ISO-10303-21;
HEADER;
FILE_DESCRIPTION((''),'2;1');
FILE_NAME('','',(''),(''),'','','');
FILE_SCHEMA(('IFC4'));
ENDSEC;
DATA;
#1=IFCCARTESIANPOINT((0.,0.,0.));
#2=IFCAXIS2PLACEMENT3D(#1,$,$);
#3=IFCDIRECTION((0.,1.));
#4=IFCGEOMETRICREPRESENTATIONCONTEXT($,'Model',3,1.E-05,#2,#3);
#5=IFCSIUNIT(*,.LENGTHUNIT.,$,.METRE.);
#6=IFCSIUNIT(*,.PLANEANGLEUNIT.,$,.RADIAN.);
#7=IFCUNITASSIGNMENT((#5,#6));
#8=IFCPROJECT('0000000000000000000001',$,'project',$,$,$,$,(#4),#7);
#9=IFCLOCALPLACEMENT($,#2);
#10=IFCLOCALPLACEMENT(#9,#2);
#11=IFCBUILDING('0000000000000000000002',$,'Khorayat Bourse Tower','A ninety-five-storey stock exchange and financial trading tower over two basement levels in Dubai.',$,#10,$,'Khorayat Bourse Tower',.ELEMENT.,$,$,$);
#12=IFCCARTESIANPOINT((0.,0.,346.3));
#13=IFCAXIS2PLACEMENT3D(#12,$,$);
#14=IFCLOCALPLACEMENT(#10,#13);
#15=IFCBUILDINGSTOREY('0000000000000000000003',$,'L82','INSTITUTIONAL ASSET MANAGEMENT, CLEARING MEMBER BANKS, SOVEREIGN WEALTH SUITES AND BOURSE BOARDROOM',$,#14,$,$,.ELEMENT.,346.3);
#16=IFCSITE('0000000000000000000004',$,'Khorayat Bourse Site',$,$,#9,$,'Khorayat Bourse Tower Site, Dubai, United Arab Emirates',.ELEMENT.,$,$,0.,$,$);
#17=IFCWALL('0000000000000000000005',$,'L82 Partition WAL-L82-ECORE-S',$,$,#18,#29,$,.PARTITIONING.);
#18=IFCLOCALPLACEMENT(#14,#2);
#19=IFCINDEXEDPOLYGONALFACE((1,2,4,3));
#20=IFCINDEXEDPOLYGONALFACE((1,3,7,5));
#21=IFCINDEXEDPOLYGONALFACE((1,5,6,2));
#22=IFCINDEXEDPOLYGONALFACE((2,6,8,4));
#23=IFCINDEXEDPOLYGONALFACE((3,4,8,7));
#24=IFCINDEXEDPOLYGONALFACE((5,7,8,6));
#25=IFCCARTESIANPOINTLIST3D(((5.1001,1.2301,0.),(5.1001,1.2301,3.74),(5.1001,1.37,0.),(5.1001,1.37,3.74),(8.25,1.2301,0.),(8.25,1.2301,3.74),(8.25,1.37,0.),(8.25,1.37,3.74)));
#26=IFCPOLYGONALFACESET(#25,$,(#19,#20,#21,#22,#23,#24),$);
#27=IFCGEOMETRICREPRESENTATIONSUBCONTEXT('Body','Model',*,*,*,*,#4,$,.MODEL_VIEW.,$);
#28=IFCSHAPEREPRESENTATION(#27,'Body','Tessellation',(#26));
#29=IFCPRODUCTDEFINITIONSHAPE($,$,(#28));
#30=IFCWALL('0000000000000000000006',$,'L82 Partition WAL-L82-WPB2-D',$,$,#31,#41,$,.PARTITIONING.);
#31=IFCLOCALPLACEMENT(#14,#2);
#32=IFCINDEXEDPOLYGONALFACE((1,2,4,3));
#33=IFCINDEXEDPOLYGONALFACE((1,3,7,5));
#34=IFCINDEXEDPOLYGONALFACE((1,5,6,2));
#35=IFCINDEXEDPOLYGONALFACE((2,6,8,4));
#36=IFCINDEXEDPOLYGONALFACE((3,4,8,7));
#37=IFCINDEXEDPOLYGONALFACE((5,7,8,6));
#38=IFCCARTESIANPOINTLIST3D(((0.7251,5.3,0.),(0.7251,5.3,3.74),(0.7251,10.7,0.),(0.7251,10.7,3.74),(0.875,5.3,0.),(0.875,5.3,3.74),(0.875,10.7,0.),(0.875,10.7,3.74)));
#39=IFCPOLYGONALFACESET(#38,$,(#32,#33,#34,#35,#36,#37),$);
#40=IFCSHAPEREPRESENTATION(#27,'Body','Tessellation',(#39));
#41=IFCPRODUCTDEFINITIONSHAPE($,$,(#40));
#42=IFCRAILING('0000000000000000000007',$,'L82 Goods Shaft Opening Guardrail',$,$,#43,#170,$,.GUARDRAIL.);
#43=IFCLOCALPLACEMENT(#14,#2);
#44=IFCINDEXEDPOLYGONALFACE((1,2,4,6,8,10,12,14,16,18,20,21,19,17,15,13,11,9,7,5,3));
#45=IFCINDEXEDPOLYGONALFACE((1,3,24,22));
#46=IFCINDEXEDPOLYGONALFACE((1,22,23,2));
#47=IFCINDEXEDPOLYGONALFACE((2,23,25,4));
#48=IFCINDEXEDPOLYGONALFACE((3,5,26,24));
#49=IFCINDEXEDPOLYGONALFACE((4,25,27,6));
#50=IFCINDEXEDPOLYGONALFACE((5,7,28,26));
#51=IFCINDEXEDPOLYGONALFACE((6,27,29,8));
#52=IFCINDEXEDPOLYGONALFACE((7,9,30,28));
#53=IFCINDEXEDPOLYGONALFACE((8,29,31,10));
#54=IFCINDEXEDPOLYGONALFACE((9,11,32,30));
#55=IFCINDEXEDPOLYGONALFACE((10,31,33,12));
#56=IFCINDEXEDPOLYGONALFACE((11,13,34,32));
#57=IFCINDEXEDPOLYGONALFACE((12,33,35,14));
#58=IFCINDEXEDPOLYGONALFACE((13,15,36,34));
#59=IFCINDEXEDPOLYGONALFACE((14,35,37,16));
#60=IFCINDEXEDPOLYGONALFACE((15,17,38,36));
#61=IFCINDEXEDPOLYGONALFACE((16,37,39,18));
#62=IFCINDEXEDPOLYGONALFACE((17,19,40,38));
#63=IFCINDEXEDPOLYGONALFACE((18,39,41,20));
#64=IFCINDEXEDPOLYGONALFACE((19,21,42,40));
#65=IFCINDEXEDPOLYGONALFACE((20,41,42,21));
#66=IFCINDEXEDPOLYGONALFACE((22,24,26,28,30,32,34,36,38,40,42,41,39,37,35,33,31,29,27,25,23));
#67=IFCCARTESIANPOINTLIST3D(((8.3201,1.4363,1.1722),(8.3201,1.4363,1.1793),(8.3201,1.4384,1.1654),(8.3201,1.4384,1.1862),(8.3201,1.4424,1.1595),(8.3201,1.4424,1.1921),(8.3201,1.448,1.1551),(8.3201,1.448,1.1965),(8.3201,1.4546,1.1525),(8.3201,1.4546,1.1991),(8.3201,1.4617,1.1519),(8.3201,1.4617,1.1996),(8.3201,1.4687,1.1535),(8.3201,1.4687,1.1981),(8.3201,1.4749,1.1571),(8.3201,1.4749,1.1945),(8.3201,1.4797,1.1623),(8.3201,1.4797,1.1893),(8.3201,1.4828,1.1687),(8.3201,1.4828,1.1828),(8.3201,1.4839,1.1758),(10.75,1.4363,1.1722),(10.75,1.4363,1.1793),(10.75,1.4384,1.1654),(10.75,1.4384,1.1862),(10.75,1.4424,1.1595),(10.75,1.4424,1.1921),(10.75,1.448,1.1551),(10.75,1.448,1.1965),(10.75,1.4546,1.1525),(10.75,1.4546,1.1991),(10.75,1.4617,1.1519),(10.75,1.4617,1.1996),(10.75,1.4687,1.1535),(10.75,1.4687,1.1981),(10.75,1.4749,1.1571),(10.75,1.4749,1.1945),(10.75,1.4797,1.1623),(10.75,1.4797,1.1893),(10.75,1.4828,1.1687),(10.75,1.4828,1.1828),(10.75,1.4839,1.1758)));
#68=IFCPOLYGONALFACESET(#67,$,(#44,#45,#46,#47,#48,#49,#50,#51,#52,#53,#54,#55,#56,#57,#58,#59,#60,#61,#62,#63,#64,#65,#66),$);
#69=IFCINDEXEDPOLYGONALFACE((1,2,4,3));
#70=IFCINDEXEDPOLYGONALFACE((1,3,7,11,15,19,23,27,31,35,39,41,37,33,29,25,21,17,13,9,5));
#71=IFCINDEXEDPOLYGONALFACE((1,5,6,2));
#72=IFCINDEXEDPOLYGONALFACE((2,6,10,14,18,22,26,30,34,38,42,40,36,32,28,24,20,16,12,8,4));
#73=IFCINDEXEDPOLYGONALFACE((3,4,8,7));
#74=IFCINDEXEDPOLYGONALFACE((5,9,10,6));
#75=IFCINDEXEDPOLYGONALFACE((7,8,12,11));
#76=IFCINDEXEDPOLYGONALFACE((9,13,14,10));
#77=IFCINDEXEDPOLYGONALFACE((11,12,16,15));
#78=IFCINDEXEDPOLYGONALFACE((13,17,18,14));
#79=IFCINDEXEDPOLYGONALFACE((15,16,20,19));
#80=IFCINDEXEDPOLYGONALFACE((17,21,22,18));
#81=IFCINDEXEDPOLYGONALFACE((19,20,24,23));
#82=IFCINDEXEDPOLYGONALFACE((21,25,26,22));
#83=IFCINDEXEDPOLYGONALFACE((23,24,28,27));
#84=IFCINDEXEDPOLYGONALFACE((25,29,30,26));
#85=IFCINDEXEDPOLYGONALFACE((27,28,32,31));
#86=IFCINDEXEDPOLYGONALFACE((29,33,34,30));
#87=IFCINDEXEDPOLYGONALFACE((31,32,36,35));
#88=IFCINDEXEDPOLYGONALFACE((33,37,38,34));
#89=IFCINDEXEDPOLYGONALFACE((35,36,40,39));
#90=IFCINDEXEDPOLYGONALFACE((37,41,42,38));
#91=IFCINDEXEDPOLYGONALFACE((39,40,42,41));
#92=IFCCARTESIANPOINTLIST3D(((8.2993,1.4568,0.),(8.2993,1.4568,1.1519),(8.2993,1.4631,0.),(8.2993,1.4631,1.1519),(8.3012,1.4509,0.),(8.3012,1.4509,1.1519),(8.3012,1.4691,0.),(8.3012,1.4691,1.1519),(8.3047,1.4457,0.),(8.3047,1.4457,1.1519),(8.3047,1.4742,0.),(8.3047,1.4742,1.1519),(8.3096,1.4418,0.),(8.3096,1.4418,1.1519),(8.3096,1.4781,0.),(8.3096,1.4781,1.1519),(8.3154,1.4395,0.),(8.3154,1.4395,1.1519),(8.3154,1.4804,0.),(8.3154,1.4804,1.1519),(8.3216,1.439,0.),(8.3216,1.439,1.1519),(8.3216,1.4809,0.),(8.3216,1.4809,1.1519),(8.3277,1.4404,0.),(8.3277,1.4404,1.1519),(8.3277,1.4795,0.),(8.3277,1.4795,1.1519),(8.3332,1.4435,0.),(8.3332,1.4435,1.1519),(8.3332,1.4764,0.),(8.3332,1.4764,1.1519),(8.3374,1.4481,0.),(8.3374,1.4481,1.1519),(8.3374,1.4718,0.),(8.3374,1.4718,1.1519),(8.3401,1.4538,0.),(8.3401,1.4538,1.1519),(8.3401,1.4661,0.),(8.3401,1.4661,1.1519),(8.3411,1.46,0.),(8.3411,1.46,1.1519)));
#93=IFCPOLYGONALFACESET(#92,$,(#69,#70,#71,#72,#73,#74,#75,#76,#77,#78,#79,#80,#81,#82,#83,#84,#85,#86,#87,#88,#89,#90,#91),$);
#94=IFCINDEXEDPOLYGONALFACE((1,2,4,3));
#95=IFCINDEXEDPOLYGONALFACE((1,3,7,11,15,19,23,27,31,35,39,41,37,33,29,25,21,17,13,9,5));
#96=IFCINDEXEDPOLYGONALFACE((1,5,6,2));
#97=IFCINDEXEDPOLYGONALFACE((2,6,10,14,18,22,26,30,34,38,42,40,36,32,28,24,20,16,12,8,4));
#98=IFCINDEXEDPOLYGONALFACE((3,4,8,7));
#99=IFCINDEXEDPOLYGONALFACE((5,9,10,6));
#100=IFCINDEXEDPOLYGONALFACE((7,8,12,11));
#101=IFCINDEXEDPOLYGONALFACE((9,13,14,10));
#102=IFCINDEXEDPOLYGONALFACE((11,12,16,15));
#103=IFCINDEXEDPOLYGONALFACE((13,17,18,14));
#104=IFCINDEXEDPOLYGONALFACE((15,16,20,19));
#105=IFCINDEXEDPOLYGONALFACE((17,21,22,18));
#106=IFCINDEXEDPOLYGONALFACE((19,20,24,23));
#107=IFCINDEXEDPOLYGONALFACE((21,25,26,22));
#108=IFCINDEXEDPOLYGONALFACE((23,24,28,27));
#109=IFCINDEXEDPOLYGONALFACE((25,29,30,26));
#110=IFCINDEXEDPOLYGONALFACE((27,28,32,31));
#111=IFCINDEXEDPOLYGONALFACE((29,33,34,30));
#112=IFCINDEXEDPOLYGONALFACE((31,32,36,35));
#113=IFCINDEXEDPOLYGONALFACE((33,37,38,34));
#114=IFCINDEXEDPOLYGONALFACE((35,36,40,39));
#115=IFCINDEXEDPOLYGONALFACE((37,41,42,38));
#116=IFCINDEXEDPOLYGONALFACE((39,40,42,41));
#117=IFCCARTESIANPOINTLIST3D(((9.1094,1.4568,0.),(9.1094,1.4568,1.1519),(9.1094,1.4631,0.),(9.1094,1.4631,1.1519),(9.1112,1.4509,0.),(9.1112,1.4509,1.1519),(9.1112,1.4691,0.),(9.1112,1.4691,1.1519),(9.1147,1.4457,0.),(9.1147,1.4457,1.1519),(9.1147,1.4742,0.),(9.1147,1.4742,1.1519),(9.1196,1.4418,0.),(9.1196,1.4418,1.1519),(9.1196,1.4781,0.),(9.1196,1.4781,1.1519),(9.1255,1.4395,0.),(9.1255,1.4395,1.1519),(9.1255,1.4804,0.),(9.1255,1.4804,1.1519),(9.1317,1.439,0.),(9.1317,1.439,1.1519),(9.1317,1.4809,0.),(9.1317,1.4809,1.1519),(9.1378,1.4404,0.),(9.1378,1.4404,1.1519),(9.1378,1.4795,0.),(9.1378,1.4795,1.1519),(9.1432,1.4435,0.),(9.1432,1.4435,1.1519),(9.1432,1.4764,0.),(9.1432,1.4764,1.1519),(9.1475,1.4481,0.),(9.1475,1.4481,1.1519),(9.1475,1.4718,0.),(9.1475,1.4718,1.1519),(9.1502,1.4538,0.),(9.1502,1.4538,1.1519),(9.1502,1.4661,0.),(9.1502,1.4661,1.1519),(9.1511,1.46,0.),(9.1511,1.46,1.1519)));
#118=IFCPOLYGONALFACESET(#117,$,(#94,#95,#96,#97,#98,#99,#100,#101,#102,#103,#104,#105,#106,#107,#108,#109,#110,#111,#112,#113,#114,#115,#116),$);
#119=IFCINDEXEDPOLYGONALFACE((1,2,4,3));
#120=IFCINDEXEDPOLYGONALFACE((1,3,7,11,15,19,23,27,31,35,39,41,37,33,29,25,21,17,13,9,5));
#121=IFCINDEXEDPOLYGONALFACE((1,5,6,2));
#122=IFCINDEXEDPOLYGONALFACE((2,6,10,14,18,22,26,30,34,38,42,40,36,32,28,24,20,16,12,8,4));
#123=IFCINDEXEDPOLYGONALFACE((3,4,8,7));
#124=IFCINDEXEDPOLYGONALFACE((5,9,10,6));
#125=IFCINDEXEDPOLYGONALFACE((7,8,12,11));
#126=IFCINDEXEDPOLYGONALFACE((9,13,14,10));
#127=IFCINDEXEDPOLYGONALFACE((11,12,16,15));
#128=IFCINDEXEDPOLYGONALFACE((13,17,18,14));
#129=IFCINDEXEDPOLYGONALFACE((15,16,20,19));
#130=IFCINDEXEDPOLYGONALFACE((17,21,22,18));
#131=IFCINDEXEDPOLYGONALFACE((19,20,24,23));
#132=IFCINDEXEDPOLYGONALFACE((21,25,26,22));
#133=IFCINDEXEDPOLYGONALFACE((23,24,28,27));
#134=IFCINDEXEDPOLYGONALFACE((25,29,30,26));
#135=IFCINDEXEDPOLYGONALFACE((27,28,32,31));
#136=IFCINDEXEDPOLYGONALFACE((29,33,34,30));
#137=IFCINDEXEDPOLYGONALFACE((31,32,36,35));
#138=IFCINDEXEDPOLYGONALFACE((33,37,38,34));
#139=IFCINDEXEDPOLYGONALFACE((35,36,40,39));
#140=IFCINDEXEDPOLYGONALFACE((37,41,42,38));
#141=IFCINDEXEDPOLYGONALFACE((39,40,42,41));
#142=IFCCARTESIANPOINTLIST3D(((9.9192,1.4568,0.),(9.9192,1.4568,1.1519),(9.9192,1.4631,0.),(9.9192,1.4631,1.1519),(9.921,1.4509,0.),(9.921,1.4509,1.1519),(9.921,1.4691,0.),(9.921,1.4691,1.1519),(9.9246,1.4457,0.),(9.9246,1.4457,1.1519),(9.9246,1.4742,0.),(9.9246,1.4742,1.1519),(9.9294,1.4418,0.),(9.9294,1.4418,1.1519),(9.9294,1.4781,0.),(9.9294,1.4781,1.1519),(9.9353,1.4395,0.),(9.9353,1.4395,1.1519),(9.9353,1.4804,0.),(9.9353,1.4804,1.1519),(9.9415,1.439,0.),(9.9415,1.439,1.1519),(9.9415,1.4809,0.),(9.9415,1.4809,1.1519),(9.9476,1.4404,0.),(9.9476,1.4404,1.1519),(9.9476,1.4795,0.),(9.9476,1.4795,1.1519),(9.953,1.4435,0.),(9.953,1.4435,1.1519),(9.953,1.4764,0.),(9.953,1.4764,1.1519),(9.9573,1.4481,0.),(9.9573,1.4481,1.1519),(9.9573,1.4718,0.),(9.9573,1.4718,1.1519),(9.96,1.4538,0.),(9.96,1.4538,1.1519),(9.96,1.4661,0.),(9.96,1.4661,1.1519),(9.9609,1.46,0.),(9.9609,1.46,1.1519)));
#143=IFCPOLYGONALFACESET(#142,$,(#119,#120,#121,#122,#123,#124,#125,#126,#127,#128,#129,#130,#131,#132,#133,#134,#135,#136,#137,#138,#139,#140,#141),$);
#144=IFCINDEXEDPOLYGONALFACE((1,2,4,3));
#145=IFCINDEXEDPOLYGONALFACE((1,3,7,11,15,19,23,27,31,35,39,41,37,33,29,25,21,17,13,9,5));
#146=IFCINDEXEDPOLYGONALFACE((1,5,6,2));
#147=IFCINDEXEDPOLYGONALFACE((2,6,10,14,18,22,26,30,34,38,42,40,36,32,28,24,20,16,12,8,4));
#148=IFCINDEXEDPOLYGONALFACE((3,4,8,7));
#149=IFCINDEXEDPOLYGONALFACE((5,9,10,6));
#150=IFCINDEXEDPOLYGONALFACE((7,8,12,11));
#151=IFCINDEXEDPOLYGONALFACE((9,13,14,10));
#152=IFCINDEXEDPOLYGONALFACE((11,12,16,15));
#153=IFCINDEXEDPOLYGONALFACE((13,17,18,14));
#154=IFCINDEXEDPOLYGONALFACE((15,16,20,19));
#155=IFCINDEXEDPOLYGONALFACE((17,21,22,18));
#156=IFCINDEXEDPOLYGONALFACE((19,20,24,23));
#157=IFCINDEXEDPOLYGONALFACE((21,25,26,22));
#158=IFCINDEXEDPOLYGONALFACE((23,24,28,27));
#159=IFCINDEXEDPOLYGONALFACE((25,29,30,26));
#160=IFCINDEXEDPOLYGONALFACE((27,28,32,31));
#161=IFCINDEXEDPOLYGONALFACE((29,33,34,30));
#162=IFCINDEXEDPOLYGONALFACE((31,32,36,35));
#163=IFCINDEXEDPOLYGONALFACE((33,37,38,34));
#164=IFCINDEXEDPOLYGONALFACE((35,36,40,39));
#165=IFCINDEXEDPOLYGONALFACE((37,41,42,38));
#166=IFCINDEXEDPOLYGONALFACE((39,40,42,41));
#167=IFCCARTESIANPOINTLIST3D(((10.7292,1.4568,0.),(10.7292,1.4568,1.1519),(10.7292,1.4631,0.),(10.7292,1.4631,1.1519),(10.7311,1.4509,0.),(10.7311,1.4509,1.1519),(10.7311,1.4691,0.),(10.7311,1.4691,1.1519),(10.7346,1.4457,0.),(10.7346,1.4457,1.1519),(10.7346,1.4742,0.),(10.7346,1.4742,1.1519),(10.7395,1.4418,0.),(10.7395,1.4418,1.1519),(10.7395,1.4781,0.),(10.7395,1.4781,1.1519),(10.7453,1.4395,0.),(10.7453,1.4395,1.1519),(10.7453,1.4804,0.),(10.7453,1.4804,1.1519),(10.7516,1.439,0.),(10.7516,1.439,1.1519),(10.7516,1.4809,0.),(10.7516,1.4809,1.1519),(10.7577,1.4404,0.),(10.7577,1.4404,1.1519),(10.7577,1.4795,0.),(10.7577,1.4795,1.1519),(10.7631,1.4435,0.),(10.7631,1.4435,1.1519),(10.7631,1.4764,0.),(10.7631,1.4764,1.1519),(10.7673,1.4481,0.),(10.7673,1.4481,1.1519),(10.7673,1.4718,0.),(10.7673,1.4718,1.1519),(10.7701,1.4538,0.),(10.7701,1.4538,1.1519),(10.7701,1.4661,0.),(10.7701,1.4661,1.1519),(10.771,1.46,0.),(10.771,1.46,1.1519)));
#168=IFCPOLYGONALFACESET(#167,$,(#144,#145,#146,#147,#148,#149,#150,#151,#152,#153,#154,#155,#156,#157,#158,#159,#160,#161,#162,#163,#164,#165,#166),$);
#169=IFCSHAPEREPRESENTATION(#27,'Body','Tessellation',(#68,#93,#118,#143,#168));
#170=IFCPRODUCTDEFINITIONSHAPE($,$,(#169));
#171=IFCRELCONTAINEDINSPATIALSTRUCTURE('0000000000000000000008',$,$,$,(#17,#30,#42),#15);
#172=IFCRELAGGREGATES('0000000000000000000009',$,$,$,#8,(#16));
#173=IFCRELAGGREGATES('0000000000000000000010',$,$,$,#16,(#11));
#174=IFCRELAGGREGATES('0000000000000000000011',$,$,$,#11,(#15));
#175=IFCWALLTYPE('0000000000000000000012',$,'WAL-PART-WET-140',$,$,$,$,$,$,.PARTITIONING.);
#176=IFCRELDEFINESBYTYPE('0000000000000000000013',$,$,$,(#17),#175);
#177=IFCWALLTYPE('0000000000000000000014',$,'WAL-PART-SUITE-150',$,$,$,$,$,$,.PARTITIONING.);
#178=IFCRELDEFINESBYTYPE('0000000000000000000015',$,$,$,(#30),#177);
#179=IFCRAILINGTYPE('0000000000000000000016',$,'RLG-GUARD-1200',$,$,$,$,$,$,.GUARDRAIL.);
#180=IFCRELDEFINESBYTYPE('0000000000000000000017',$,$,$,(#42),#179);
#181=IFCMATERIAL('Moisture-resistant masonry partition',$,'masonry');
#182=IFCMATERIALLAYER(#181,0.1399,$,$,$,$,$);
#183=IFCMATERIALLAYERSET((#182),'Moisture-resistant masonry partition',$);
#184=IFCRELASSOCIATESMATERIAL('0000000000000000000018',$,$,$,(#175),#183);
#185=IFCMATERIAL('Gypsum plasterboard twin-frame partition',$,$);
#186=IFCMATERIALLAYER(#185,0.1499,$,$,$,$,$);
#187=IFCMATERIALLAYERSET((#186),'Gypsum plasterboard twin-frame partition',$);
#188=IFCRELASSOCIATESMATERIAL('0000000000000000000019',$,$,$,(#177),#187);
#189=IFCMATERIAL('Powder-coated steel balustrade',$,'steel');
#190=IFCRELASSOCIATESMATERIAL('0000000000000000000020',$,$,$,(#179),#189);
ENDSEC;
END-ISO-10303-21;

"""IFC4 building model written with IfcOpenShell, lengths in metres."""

from ifc_helpers import new_model, si_unit, direction, frame, frame_2d, origin, origin_2d, place, context, subcontext, project, spatial, rectangle, circle, extrude, source, transform, mapped, material, layer, layer_set, type_object, element, save


model = new_model("IFC4")

# Units and contexts
model_context = context("Model", 3, precision=1e-05, world=origin(), true_north=direction((0.0, 1.0)))
body_context = subcontext(model_context, "Body", "Model", "MODEL_VIEW")
ifc_project = project(units=[si_unit("LENGTHUNIT", "METRE"), si_unit("PLANEANGLEUNIT", "RADIAN")], contexts=[model_context])

# Site, building, storey
site_placement = place(None, origin())
site = spatial("IfcSite", under=ifc_project, at=site_placement, Name="Khorayat Bourse Site", LongName="Khorayat Bourse Tower Site, Dubai, United Arab Emirates", CompositionType="ELEMENT", RefElevation=0.0)
building_placement = place(site_placement, origin())
building = spatial("IfcBuilding", under=site, at=building_placement, Name="Khorayat Bourse Tower", Description="A ninety-five-storey stock exchange and financial trading tower over two basement levels in Dubai.", LongName="Khorayat Bourse Tower", CompositionType="ELEMENT")
storey_placement = place(building_placement, frame((0.0, 0.0, 346.3)))
storey = spatial("IfcBuildingStorey", under=building, at=storey_placement, Name="L82", Description="INSTITUTIONAL ASSET MANAGEMENT, CLEARING MEMBER BANKS, SOVEREIGN WEALTH SUITES AND BOURSE BOARDROOM", CompositionType="ELEMENT", Elevation=346.3)

# Wall
ifc_material_1 = material(Name="Moisture-resistant masonry partition", Category="masonry")
ifc_layer_1 = layer(ifc_material_1, 0.1399)
ifc_layer_set_1 = layer_set([ifc_layer_1], Name="Moisture-resistant masonry partition")
wall_type_1 = type_object("IfcWallType", Name="WAL-PART-WET-140", PredefinedType="PARTITIONING", material=ifc_layer_set_1)
shared_shape_1 = source(origin(), body_context, "Body", "SweptSolid", [
    extrude(rectangle(XDim=3.1499, YDim=0.1399, at=frame_2d((1.575, 0.0))), origin(), (0.0, 0.0, 1.0), 3.74),
])
wall_1_placement = place(storey_placement, frame((5.1001, 1.3, 0.0), z_axis=(0.0, 0.0, 1.0), x_axis=(1.0, 0.0, 0.0)))
element("IfcWall", 1, at=wall_1_placement, inside=storey, type_object=wall_type_1, Name="L82 Partition WAL-L82-ECORE-S", PredefinedType="PARTITIONING", context=body_context, shape_type="MappedRepresentation", body=[
    mapped(shared_shape_1, transform((0.0, 0.0, 0.0), scale=1.0)),
])

# Wall
ifc_material_2 = material(Name="Gypsum plasterboard twin-frame partition")
ifc_layer_2 = layer(ifc_material_2, 0.1499)
ifc_layer_set_2 = layer_set([ifc_layer_2], Name="Gypsum plasterboard twin-frame partition")
wall_type_2 = type_object("IfcWallType", Name="WAL-PART-SUITE-150", PredefinedType="PARTITIONING", material=ifc_layer_set_2)
shared_shape_2 = source(origin(), body_context, "Body", "SweptSolid", [
    extrude(rectangle(XDim=5.3999, YDim=0.1499, at=frame_2d((2.7, 0.0))), origin(), (0.0, 0.0, 1.0), 3.74),
])
wall_2_placement = place(storey_placement, frame((0.8, 5.3, 0.0), z_axis=(0.0, 0.0, 1.0), x_axis=(0.0, 1.0, 0.0)))
element("IfcWall", 2, at=wall_2_placement, inside=storey, type_object=wall_type_2, Name="L82 Partition WAL-L82-WPB2-D", PredefinedType="PARTITIONING", context=body_context, shape_type="MappedRepresentation", body=[
    mapped(shared_shape_2, transform((0.0, 0.0, 0.0), scale=1.0)),
])

# Railing
ifc_material_3 = material(Name="Powder-coated steel balustrade", Category="steel")
railing_type = type_object("IfcRailingType", Name="RLG-GUARD-1200", PredefinedType="GUARDRAIL", material=ifc_material_3)
shared_shape_3 = source(origin(), body_context, "Body", "SweptSolid", [
    extrude(circle(Radius=0.0239, at=origin_2d()), frame((0.0, 0.0, 1.1758), z_axis=(1.0, 0.0, 0.0), x_axis=(0.0, 1.0, 0.0)), (0.0, 0.0, 1.0), 2.4299),
    extrude(circle(Radius=0.021, at=origin_2d()), origin(), (0.0, 0.0, 1.0), 1.1519),
    extrude(circle(Radius=0.021, at=origin_2d()), frame((0.8101, 0.0, 0.0)), (0.0, 0.0, 1.0), 1.1519),
    extrude(circle(Radius=0.021, at=origin_2d()), frame((1.6199, 0.0, 0.0)), (0.0, 0.0, 1.0), 1.1519),
    extrude(circle(Radius=0.021, at=origin_2d()), frame((2.4299, 0.0, 0.0)), (0.0, 0.0, 1.0), 1.1519),
])
railing_placement = place(storey_placement, frame((8.3201, 1.46, 0.0)))
element("IfcRailing", 3, at=railing_placement, inside=storey, type_object=railing_type, Name="L82 Goods Shaft Opening Guardrail", PredefinedType="GUARDRAIL", context=body_context, shape_type="MappedRepresentation", body=[
    mapped(shared_shape_3, transform((0.0, 0.0, 0.0), scale=1.0)),
])

save(model, "model.ifc")
